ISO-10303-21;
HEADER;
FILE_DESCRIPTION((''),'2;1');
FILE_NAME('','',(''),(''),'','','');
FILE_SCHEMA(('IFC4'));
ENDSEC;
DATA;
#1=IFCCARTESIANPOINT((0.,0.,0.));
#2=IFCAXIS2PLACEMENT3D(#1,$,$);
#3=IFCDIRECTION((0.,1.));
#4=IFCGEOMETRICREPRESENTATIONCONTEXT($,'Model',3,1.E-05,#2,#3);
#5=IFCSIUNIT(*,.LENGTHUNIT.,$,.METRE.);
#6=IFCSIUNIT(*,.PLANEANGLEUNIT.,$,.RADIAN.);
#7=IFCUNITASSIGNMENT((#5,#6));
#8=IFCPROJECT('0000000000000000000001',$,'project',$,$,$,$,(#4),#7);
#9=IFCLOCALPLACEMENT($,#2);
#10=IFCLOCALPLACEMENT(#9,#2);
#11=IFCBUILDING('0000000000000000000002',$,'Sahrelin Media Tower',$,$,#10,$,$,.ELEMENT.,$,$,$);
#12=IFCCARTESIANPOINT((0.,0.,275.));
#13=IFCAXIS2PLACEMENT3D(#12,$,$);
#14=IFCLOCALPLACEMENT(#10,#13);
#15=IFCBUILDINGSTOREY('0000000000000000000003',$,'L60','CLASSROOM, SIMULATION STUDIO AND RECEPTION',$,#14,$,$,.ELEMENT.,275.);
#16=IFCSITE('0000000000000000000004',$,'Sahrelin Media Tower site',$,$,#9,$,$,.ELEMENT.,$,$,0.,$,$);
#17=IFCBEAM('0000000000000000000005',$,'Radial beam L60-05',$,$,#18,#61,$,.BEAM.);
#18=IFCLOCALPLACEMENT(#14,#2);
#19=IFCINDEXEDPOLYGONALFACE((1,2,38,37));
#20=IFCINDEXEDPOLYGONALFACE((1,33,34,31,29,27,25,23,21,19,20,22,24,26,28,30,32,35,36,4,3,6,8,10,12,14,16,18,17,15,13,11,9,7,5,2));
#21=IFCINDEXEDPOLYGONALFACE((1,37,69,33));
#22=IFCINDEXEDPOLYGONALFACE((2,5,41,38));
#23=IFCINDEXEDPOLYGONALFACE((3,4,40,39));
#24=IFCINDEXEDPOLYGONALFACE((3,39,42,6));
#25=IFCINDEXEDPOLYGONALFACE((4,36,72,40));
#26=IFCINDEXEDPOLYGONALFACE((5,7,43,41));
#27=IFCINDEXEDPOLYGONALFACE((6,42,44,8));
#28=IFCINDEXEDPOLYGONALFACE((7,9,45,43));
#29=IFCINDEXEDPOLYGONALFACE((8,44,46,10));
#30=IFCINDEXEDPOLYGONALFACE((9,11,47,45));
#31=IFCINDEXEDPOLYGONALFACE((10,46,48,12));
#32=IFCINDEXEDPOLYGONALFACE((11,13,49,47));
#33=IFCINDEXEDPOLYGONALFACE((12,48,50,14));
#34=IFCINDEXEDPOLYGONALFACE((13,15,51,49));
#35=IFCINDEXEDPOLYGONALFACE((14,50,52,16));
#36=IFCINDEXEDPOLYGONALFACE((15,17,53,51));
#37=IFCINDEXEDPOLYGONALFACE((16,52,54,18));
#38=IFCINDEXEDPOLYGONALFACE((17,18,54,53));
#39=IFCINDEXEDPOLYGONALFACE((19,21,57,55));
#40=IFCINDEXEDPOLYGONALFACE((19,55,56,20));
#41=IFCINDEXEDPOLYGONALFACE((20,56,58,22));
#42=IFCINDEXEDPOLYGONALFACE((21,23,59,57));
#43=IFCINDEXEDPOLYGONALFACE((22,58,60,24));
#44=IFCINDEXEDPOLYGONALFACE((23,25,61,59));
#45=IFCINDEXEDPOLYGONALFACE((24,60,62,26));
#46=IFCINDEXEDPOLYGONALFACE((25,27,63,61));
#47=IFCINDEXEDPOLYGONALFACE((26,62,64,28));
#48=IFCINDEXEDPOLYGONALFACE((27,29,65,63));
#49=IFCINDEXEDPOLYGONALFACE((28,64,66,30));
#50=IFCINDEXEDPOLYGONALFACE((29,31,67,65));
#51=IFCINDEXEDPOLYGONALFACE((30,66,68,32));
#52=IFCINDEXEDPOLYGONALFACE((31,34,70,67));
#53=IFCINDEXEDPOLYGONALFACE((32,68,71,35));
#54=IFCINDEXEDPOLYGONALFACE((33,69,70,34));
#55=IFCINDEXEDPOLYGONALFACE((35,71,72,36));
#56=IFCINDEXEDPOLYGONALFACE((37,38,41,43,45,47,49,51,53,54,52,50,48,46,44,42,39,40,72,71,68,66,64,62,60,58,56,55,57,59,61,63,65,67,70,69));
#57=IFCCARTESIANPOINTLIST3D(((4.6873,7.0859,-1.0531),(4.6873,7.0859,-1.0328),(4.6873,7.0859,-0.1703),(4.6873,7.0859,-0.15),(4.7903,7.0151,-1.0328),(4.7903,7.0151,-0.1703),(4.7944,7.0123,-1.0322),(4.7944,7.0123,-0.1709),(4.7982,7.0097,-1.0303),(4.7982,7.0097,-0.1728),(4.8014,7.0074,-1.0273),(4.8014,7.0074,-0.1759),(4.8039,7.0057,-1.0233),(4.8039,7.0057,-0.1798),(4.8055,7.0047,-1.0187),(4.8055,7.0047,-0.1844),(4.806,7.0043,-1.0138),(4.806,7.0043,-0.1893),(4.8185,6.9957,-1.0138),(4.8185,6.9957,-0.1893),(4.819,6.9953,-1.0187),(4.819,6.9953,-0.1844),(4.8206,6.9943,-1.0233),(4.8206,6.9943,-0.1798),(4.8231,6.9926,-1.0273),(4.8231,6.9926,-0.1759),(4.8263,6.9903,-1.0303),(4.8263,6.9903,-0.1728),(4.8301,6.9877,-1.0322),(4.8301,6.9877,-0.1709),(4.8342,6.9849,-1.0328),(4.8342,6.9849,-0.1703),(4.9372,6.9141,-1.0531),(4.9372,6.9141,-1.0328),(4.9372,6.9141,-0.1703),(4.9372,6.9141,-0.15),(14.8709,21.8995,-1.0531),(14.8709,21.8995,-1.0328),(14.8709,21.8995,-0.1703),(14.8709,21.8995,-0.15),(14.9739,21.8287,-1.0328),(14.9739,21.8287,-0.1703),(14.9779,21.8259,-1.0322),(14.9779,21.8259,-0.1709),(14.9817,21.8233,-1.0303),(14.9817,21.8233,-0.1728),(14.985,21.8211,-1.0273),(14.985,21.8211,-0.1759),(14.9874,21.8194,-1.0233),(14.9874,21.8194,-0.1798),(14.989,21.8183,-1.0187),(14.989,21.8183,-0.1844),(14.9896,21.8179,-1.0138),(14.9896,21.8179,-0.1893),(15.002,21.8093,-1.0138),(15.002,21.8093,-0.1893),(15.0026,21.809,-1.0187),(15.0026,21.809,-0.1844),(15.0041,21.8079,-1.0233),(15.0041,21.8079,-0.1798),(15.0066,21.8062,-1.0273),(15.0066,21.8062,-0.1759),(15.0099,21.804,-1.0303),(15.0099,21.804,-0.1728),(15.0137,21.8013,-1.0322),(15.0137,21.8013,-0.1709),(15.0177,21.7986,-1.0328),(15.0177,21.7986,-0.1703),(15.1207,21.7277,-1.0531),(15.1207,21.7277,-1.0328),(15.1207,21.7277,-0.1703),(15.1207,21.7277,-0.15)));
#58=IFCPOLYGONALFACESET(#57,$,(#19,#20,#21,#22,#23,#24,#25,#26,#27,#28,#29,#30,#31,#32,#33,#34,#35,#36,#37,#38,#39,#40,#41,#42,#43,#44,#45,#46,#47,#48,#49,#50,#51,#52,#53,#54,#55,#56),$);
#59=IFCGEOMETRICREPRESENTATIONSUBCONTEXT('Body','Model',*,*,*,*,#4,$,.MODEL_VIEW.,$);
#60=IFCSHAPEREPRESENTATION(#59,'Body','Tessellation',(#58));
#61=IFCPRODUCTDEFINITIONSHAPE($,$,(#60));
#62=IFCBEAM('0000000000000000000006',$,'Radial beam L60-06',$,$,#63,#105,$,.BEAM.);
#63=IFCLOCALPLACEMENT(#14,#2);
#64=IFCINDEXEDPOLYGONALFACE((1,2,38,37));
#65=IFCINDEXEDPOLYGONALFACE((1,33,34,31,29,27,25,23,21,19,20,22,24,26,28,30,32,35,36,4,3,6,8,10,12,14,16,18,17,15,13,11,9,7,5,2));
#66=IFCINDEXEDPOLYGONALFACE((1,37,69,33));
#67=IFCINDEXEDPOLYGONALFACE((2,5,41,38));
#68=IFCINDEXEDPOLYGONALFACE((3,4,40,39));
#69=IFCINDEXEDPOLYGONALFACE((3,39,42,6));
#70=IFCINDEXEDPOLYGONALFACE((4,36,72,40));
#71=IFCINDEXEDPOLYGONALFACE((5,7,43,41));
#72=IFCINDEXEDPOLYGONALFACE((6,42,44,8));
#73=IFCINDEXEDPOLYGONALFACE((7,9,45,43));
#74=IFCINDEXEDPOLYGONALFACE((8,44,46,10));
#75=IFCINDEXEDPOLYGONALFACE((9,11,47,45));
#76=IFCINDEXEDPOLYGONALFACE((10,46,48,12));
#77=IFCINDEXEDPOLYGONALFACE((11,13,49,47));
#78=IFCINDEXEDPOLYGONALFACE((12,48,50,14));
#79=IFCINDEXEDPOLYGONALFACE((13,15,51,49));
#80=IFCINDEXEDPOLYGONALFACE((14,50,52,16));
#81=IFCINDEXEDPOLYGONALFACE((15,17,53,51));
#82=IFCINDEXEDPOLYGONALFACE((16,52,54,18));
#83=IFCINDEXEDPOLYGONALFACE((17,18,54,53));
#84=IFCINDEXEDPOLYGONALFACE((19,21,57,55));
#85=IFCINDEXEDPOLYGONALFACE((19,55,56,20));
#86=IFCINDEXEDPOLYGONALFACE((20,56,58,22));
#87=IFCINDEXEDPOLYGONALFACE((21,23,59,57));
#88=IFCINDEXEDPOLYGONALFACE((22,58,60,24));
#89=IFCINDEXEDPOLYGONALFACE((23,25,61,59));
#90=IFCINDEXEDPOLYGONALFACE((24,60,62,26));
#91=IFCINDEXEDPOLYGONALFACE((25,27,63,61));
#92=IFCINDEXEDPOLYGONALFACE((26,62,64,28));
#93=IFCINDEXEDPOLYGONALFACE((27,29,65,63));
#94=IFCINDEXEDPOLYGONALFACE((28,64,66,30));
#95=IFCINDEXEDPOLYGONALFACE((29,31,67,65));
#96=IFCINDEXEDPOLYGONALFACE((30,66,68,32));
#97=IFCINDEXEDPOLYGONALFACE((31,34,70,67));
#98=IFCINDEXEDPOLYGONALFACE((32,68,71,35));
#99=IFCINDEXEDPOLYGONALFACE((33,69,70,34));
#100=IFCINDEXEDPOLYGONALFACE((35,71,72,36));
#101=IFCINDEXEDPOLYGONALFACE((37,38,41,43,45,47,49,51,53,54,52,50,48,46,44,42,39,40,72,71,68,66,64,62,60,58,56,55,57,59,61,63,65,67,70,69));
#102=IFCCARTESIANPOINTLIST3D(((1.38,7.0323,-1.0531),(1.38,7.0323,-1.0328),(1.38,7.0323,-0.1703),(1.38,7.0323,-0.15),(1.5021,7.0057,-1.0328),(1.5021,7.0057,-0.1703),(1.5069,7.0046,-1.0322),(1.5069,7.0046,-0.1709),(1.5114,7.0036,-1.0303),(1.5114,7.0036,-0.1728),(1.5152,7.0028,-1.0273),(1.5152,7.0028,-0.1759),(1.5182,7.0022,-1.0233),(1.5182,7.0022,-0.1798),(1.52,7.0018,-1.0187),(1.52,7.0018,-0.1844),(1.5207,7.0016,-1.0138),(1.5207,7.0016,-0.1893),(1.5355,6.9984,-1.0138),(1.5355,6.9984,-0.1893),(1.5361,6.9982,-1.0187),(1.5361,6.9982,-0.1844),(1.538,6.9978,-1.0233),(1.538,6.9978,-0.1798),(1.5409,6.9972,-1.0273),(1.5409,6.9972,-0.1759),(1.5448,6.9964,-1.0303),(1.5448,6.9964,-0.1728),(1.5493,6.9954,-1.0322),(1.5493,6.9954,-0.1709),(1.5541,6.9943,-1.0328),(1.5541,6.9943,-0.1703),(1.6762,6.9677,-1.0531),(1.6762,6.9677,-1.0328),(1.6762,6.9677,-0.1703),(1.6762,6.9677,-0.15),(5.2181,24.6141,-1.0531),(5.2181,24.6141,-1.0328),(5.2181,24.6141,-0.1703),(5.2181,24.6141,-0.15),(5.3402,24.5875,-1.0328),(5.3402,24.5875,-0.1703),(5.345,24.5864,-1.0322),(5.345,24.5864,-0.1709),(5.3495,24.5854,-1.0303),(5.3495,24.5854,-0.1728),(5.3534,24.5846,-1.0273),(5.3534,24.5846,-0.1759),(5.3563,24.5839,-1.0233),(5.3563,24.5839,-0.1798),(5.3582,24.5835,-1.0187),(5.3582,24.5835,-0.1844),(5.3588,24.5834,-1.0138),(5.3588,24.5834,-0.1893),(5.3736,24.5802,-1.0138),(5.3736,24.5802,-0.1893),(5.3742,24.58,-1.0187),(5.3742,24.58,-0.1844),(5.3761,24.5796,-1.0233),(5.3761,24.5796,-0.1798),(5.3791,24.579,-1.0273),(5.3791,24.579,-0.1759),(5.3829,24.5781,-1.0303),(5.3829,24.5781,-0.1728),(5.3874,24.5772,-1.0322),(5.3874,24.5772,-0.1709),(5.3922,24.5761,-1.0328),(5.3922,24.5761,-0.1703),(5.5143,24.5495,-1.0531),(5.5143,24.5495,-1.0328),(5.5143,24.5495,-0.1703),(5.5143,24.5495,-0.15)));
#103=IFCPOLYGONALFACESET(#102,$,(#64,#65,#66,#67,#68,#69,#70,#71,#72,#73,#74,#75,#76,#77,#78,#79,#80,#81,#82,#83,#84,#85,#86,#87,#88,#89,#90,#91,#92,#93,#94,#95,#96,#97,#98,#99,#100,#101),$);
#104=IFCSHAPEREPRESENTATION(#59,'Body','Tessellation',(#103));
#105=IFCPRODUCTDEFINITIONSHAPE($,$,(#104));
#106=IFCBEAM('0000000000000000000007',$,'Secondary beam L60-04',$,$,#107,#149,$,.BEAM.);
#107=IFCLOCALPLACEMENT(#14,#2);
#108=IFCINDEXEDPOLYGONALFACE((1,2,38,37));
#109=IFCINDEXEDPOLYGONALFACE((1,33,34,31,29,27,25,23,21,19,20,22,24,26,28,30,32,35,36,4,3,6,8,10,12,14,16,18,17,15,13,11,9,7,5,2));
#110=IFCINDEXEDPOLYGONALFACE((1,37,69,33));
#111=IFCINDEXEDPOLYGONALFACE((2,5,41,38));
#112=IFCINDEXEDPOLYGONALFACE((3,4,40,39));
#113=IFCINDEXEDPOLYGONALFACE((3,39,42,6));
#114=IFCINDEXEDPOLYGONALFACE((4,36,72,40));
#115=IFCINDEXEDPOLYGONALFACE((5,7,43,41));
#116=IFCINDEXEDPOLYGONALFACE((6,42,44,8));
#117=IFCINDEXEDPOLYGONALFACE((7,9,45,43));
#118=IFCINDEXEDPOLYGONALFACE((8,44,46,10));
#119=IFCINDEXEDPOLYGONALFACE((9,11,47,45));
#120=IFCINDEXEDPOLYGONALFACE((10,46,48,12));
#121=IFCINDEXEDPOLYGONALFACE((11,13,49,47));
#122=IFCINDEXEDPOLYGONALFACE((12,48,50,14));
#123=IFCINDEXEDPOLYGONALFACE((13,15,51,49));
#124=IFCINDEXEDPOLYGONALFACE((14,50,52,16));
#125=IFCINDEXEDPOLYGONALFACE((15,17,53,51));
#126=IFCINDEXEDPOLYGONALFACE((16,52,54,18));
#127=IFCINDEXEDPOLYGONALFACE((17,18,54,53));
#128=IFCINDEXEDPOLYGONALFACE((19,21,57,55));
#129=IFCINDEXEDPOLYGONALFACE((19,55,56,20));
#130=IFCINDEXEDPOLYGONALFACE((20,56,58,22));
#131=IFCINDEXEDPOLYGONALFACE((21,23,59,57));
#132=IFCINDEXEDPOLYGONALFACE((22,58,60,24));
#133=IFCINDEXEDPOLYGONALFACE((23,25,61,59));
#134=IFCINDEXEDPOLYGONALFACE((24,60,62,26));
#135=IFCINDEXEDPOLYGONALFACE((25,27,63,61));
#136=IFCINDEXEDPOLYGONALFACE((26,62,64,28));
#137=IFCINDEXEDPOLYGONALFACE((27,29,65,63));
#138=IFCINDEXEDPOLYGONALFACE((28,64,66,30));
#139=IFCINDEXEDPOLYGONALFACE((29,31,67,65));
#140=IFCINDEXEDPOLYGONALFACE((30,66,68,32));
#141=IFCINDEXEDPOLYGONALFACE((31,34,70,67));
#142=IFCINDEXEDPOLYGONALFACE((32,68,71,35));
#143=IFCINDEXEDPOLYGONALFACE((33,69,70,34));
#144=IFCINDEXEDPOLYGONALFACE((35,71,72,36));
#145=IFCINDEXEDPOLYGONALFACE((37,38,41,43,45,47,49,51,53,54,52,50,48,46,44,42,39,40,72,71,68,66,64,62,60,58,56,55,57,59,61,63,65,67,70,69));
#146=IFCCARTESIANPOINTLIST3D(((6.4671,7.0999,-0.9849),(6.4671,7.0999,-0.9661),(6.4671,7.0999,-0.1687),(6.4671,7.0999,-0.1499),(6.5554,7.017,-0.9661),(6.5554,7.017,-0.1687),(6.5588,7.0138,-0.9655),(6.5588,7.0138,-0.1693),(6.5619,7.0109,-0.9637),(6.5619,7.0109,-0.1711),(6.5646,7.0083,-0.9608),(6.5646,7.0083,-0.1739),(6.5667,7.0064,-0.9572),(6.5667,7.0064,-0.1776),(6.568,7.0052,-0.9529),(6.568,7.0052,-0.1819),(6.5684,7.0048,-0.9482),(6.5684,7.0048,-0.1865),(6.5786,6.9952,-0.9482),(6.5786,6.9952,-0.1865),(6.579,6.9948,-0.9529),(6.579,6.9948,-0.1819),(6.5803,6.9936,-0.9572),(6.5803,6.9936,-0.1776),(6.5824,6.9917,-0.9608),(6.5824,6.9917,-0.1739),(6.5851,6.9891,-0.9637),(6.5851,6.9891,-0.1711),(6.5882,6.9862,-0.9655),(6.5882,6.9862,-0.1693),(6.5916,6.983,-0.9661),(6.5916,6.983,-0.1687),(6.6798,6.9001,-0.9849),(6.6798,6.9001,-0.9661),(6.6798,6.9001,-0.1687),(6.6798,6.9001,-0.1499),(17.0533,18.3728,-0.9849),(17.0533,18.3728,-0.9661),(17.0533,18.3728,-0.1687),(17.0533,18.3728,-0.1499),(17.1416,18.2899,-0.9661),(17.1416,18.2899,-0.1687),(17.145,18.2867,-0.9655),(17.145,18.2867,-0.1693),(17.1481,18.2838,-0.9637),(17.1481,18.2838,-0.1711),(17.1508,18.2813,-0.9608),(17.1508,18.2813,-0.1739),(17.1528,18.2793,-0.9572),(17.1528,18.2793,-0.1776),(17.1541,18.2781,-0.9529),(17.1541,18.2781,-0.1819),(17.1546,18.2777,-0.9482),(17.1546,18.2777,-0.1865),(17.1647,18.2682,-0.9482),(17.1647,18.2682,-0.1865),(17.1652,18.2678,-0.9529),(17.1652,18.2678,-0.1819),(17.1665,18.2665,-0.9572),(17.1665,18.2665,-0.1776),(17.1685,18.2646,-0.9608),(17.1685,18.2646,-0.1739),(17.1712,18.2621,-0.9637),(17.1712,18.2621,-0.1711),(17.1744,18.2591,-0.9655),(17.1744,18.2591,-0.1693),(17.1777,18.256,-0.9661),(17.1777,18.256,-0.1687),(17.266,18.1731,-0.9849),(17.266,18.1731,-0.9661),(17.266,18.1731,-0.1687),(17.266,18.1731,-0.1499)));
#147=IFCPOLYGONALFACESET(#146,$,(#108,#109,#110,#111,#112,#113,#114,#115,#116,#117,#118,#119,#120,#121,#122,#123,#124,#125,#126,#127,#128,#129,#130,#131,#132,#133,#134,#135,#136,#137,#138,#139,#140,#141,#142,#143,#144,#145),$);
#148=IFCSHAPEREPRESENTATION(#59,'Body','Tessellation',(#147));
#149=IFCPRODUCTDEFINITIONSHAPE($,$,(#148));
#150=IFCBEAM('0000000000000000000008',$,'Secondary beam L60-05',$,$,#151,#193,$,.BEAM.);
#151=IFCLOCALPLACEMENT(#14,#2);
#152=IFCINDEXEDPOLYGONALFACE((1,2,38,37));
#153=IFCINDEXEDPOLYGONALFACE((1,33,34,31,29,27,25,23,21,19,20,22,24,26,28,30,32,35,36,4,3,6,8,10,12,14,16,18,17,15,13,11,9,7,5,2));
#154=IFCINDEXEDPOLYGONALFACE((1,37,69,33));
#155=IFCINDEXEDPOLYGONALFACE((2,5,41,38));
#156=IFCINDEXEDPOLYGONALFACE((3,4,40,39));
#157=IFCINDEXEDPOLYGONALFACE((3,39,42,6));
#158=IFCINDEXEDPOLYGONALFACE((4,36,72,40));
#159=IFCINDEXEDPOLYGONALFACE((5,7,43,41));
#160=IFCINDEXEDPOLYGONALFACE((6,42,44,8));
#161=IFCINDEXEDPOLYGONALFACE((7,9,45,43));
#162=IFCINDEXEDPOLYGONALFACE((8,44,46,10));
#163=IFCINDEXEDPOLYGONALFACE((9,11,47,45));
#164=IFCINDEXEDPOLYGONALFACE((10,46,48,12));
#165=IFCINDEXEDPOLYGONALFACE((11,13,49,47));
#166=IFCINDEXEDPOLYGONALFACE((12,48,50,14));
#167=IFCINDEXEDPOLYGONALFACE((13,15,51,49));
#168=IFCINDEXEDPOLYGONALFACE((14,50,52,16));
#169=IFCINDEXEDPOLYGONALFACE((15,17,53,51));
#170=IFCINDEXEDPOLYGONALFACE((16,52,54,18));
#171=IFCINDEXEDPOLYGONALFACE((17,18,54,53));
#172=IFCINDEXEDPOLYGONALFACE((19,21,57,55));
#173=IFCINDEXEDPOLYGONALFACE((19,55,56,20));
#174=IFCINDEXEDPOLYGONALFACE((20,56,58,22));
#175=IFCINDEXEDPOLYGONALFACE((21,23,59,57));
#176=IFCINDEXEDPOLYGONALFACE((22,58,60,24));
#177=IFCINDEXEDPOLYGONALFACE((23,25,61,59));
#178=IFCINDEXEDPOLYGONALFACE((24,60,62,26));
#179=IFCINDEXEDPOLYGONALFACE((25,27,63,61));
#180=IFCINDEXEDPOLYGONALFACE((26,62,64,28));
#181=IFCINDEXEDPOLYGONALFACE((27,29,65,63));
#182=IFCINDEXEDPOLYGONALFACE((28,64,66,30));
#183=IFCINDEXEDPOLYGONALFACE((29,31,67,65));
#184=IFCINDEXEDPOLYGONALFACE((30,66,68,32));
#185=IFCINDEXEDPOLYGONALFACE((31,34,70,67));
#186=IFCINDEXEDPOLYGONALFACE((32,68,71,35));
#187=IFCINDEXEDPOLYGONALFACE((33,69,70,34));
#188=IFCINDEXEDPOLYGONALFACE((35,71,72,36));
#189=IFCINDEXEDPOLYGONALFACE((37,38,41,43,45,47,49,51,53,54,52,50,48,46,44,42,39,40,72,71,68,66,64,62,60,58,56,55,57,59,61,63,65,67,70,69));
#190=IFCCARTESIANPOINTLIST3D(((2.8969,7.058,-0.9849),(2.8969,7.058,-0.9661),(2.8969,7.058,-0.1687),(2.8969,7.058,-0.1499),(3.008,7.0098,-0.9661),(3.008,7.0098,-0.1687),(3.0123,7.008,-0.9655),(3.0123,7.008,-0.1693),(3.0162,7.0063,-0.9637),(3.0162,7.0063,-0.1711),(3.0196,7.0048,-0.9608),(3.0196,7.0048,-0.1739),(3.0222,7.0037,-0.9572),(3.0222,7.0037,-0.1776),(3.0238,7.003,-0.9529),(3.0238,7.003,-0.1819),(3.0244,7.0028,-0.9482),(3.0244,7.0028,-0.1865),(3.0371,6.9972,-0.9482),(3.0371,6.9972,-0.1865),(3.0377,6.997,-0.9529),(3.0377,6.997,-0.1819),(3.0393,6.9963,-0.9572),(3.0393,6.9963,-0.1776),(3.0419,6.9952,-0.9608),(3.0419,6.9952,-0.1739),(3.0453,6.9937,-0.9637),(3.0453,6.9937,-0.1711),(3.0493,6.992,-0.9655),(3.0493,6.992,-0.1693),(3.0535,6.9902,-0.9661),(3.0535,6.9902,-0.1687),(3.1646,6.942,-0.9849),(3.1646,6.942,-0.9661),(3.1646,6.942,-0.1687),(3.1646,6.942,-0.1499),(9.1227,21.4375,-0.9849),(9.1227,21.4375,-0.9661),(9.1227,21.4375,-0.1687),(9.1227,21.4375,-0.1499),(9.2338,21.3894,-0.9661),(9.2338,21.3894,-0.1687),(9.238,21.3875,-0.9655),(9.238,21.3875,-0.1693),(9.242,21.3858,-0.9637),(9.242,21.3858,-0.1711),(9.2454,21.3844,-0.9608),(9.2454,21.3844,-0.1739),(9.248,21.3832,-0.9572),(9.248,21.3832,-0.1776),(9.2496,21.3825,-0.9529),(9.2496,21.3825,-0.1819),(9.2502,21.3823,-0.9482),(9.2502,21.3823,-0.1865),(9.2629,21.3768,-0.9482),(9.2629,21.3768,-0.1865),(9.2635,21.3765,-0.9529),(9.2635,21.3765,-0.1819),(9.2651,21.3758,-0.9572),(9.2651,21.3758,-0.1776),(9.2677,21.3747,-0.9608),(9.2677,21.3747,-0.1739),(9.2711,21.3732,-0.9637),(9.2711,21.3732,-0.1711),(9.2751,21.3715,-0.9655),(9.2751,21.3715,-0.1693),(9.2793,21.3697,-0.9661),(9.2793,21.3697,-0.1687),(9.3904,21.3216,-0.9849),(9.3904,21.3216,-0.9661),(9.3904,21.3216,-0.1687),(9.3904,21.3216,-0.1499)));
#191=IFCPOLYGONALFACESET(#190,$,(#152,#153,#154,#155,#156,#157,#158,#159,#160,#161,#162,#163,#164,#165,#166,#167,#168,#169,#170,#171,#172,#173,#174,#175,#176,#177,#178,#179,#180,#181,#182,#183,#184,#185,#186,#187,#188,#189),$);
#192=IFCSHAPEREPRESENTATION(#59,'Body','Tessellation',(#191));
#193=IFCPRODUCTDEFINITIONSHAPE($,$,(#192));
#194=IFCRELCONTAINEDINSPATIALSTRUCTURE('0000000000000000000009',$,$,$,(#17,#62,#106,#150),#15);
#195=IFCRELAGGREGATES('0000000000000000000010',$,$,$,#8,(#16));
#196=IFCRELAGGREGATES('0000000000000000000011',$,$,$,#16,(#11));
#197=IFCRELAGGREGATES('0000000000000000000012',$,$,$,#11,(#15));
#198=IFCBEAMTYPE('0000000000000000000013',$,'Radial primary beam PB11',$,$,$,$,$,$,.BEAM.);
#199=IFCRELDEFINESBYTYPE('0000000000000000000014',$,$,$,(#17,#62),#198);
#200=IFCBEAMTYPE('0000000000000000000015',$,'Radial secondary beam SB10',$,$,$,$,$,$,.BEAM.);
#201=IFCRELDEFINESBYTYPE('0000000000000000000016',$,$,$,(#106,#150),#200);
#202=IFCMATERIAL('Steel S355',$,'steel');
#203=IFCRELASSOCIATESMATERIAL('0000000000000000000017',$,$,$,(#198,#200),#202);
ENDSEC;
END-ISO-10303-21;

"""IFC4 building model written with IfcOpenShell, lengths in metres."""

from ifc_helpers import new_model, si_unit, direction, frame, origin, origin_2d, place, context, subcontext, project, spatial, i_section, extrude, material, material_profile, profile_set, type_object, element, save


model = new_model("IFC4")

# Units and contexts
model_context = context("Model", 3, precision=1e-05, world=origin(), true_north=direction((0.0, 1.0)))
body_context = subcontext(model_context, "Body", "Model", "MODEL_VIEW")
ifc_project = project(units=[si_unit("LENGTHUNIT", "METRE"), si_unit("PLANEANGLEUNIT", "RADIAN")], contexts=[model_context])

# Site, building, storey
site_placement = place(None, origin())
site = spatial("IfcSite", under=ifc_project, at=site_placement, Name="Sahrelin Media Tower site", CompositionType="ELEMENT", RefElevation=0.0)
building_placement = place(site_placement, origin())
building = spatial("IfcBuilding", under=site, at=building_placement, Name="Sahrelin Media Tower", CompositionType="ELEMENT")
storey_placement = place(building_placement, frame((0.0, 0.0, 275.0)))
storey = spatial("IfcBuildingStorey", under=building, at=storey_placement, Name="L60", Description="CLASSROOM, SIMULATION STUDIO AND RECEPTION", CompositionType="ELEMENT", Elevation=275.0)

# Shared definitions
ifc_material_1 = material(Name="Steel S355", Category="steel")

# Beams
ifc_material_profile_1 = material_profile(ifc_material_1, i_section(OverallWidth=0.3032, OverallDepth=0.9031, WebThickness=0.0151, FlangeThickness=0.0203, FilletRadius=0.019, at=origin_2d()), Name="UB 914x305x201")
ifc_profile_set_1 = profile_set([ifc_material_profile_1], Name="Steel S355")
beam_type_1 = type_object("IfcBeamType", Name="Radial primary beam PB11", PredefinedType="BEAM", material=ifc_profile_set_1)
beam_1_placement = place(storey_placement, frame((4.8123, 7.0, -0.6016), z_axis=(0.566497, 0.824064, 0.0), x_axis=(-0.824064, 0.566497, 0.0)))
element("IfcBeam", 1, at=beam_1_placement, inside=storey, type_object=beam_type_1, Name="Radial beam L60-05", PredefinedType="BEAM", context=body_context, shape_type="SweptSolid", body=[
    extrude(i_section(OverallWidth=0.3032, OverallDepth=0.9031, WebThickness=0.0151, FlangeThickness=0.0203, FilletRadius=0.019, at=origin_2d()), origin(), (0.0, 0.0, 1.0), 17.9763),
])
beam_2_placement = place(storey_placement, frame((1.5281, 7.0, -0.6016), z_axis=(0.213279, 0.976991, 0.0), x_axis=(-0.976991, 0.213279, 0.0)))
element("IfcBeam", 2, at=beam_2_placement, inside=storey, type_object=beam_type_1, Name="Radial beam L60-06", PredefinedType="BEAM", context=body_context, shape_type="SweptSolid", body=[
    extrude(i_section(OverallWidth=0.3032, OverallDepth=0.9031, WebThickness=0.0151, FlangeThickness=0.0203, FilletRadius=0.019, at=origin_2d()), origin(), (0.0, 0.0, 1.0), 17.9958),
])
ifc_material_profile_2 = material_profile(ifc_material_1, i_section(OverallWidth=0.2917, OverallDepth=0.835, WebThickness=0.0139, FlangeThickness=0.0188, FilletRadius=0.0178, at=origin_2d()), Name="UB 838x292x176")
ifc_profile_set_2 = profile_set([ifc_material_profile_2], Name="Steel S355")
beam_type_2 = type_object("IfcBeamType", Name="Radial secondary beam SB10", PredefinedType="BEAM", material=ifc_profile_set_2)
beam_3_placement = place(storey_placement, frame((6.5735, 7.0, -0.5674), z_axis=(0.684553, 0.728963, 0.0), x_axis=(-0.728963, 0.684553, 0.0)))
element("IfcBeam", 3, at=beam_3_placement, inside=storey, type_object=beam_type_2, Name="Secondary beam L60-04", PredefinedType="BEAM", context=body_context, shape_type="SweptSolid", body=[
    extrude(i_section(OverallWidth=0.2917, OverallDepth=0.835, WebThickness=0.0139, FlangeThickness=0.0188, FilletRadius=0.0178, at=origin_2d()), origin(), (0.0, 0.0, 1.0), 15.4644),
])
beam_4_placement = place(storey_placement, frame((3.0308, 7.0, -0.5674), z_axis=(0.39732, 0.91768, 0.0), x_axis=(-0.91768, 0.39732, 0.0)))
element("IfcBeam", 4, at=beam_4_placement, inside=storey, type_object=beam_type_2, Name="Secondary beam L60-05", PredefinedType="BEAM", context=body_context, shape_type="SweptSolid", body=[
    extrude(i_section(OverallWidth=0.2917, OverallDepth=0.835, WebThickness=0.0139, FlangeThickness=0.0188, FilletRadius=0.0178, at=origin_2d()), origin(), (0.0, 0.0, 1.0), 15.6694),
])

save(model, "model.ifc")
